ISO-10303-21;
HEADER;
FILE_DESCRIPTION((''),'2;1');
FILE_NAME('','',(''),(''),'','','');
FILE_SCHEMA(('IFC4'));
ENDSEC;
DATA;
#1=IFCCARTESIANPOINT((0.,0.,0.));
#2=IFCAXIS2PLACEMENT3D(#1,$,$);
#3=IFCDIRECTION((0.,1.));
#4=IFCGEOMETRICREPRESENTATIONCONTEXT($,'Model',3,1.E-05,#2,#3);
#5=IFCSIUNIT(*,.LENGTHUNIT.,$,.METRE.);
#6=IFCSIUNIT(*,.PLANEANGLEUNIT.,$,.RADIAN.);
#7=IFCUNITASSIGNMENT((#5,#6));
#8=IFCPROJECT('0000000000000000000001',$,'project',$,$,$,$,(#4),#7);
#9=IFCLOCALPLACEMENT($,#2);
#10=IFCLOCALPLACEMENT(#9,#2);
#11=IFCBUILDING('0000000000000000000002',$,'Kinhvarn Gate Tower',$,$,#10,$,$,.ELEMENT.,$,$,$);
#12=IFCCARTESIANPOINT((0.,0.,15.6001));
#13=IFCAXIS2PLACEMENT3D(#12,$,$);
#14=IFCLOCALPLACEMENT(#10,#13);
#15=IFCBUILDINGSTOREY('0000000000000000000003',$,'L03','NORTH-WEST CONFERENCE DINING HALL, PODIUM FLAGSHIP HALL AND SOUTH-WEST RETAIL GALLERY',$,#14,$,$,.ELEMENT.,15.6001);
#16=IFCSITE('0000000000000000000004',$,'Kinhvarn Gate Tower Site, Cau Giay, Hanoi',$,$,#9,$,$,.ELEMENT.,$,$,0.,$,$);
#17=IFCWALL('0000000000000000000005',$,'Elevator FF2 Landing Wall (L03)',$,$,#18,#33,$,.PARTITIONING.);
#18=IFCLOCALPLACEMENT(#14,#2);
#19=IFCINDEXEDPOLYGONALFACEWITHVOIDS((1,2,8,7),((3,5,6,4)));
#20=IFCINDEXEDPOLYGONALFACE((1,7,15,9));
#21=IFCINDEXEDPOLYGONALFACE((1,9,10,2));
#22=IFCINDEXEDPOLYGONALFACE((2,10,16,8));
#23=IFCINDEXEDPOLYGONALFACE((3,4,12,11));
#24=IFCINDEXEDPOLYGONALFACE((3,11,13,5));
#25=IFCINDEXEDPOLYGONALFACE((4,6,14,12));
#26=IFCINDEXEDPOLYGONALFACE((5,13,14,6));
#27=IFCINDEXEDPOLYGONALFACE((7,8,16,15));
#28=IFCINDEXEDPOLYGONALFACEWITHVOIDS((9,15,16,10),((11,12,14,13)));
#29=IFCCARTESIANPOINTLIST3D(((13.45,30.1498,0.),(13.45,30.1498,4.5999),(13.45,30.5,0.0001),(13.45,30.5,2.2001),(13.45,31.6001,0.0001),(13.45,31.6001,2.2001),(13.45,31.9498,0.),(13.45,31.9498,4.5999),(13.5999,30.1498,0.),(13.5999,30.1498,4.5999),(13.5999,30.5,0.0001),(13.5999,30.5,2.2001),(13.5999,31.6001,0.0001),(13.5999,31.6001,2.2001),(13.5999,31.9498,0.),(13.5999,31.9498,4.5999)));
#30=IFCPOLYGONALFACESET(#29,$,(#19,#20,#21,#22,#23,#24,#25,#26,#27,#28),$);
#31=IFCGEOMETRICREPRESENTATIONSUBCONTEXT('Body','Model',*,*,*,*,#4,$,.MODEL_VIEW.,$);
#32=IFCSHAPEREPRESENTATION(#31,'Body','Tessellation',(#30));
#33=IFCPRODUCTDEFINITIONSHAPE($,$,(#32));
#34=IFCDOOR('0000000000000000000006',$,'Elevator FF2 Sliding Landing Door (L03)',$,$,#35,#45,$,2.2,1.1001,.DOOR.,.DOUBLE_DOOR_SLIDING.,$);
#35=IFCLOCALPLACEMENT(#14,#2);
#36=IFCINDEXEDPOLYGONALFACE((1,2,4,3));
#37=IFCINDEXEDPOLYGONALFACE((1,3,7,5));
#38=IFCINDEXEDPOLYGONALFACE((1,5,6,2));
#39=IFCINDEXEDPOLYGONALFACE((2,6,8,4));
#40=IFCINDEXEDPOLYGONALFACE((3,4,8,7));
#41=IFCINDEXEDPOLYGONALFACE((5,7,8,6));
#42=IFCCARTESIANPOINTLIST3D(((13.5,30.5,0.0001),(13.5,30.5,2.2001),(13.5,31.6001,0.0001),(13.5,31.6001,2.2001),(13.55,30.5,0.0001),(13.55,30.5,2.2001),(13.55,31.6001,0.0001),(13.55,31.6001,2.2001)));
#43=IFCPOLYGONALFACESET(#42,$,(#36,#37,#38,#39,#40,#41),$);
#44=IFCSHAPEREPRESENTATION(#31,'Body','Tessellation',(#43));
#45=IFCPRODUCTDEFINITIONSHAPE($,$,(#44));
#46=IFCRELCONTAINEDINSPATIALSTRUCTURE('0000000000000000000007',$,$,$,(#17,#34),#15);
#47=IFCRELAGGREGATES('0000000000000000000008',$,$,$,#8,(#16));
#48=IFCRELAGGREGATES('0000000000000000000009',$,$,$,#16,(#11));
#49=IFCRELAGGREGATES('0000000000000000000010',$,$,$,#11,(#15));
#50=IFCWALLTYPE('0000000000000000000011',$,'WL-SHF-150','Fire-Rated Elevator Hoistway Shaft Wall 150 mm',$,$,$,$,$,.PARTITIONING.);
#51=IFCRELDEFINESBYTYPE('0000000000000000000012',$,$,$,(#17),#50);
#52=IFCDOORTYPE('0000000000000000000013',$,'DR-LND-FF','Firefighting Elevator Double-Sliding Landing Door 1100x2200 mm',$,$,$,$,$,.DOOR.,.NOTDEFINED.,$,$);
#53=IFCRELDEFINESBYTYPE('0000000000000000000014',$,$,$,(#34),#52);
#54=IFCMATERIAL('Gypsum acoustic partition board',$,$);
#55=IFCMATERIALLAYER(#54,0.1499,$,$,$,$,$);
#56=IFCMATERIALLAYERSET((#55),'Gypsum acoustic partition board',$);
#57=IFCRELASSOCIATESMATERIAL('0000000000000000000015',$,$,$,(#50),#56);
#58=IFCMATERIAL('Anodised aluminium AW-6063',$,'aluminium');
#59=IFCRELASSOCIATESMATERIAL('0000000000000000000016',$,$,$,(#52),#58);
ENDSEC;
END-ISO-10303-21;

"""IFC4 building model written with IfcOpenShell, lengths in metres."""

from ifc_helpers import new_model, si_unit, direction, frame, frame_2d, origin, place, context, subcontext, project, spatial, rectangle, extrude, material, layer, layer_set, type_object, element, fill, save


model = new_model("IFC4")

# Units and contexts
model_context = context("Model", 3, precision=1e-05, world=origin(), true_north=direction((0.0, 1.0)))
body_context = subcontext(model_context, "Body", "Model", "MODEL_VIEW")
ifc_project = project(units=[si_unit("LENGTHUNIT", "METRE"), si_unit("PLANEANGLEUNIT", "RADIAN")], contexts=[model_context])

# Site, building, storey
site_placement = place(None, origin())
site = spatial("IfcSite", under=ifc_project, at=site_placement, Name="Kinhvarn Gate Tower Site, Cau Giay, Hanoi", CompositionType="ELEMENT", RefElevation=0.0)
building_placement = place(site_placement, origin())
building = spatial("IfcBuilding", under=site, at=building_placement, Name="Kinhvarn Gate Tower", CompositionType="ELEMENT")
storey_placement = place(building_placement, frame((0.0, 0.0, 15.6001)))
storey = spatial("IfcBuildingStorey", under=building, at=storey_placement, Name="L03", Description="NORTH-WEST CONFERENCE DINING HALL, PODIUM FLAGSHIP HALL AND SOUTH-WEST RETAIL GALLERY", CompositionType="ELEMENT", Elevation=15.6001)

# Shared definitions
ifc_material_1 = material(Name="Anodised aluminium AW-6063", Category="aluminium")

# Shared definitions
ifc_material_2 = material(Name="Gypsum acoustic partition board")
ifc_layer_1 = layer(ifc_material_2, 0.1499)
ifc_layer_set_1 = layer_set([ifc_layer_1], Name="Gypsum acoustic partition board")
wall_type_1 = type_object("IfcWallType", Name="WL-SHF-150", Description="Fire-Rated Elevator Hoistway Shaft Wall 150 mm", PredefinedType="PARTITIONING", material=ifc_layer_set_1)

# Wall, opening, door
wall_1_placement = place(storey_placement, frame((13.5249, 30.1499, 0.0), z_axis=(0.0, 0.0, 1.0), x_axis=(0.0, 1.0, 0.0)))
wall_1 = element("IfcWall", 1, at=wall_1_placement, inside=storey, type_object=wall_type_1, Name="Elevator FF2 Landing Wall (L03)", PredefinedType="PARTITIONING", context=body_context, shape_type="SweptSolid", body=[
    extrude(rectangle(XDim=1.8, YDim=0.1499, at=frame_2d((0.8999, 0.0))), origin(), (0.0, 0.0, 1.0), 4.5999),
])
opening_1_placement = place(wall_1_placement, frame((0.3501, 0.0, 0.0)))
opening_1 = element("IfcOpeningElement", 2, at=opening_1_placement, cuts=wall_1, PredefinedType="OPENING", context=body_context, shape_type="SweptSolid", body=[
    extrude(rectangle(XDim=1.1001, YDim=2.2, at=frame_2d((0.55, 1.1001))), frame((0.0, 0.085, 0.0), z_axis=(0.0, -1.0, 0.0), x_axis=(1.0, 0.0, 0.0)), (0.0, 0.0, 1.0), 0.1699),
])
door_type_1 = type_object("IfcDoorType", Name="DR-LND-FF", Description="Firefighting Elevator Double-Sliding Landing Door 1100x2200 mm", OperationType="NOTDEFINED", PredefinedType="DOOR", material=ifc_material_1)
door_1_placement = place(opening_1_placement, origin())
door_1 = element("IfcDoor", 3, at=door_1_placement, inside=storey, type_object=door_type_1, Name="Elevator FF2 Sliding Landing Door (L03)", OperationType="DOUBLE_DOOR_SLIDING", OverallHeight=2.2, OverallWidth=1.1001, PredefinedType="DOOR", context=body_context, shape_type="SweptSolid", body=[
    extrude(rectangle(XDim=1.1001, YDim=2.2, at=frame_2d((0.55, 1.1001))), frame((0.0, 0.0249, 0.0), z_axis=(0.0, -1.0, 0.0), x_axis=(1.0, 0.0, 0.0)), (0.0, 0.0, 1.0), 0.05),
])
fill(opening_1, door_1)

save(model, "model.ifc")
